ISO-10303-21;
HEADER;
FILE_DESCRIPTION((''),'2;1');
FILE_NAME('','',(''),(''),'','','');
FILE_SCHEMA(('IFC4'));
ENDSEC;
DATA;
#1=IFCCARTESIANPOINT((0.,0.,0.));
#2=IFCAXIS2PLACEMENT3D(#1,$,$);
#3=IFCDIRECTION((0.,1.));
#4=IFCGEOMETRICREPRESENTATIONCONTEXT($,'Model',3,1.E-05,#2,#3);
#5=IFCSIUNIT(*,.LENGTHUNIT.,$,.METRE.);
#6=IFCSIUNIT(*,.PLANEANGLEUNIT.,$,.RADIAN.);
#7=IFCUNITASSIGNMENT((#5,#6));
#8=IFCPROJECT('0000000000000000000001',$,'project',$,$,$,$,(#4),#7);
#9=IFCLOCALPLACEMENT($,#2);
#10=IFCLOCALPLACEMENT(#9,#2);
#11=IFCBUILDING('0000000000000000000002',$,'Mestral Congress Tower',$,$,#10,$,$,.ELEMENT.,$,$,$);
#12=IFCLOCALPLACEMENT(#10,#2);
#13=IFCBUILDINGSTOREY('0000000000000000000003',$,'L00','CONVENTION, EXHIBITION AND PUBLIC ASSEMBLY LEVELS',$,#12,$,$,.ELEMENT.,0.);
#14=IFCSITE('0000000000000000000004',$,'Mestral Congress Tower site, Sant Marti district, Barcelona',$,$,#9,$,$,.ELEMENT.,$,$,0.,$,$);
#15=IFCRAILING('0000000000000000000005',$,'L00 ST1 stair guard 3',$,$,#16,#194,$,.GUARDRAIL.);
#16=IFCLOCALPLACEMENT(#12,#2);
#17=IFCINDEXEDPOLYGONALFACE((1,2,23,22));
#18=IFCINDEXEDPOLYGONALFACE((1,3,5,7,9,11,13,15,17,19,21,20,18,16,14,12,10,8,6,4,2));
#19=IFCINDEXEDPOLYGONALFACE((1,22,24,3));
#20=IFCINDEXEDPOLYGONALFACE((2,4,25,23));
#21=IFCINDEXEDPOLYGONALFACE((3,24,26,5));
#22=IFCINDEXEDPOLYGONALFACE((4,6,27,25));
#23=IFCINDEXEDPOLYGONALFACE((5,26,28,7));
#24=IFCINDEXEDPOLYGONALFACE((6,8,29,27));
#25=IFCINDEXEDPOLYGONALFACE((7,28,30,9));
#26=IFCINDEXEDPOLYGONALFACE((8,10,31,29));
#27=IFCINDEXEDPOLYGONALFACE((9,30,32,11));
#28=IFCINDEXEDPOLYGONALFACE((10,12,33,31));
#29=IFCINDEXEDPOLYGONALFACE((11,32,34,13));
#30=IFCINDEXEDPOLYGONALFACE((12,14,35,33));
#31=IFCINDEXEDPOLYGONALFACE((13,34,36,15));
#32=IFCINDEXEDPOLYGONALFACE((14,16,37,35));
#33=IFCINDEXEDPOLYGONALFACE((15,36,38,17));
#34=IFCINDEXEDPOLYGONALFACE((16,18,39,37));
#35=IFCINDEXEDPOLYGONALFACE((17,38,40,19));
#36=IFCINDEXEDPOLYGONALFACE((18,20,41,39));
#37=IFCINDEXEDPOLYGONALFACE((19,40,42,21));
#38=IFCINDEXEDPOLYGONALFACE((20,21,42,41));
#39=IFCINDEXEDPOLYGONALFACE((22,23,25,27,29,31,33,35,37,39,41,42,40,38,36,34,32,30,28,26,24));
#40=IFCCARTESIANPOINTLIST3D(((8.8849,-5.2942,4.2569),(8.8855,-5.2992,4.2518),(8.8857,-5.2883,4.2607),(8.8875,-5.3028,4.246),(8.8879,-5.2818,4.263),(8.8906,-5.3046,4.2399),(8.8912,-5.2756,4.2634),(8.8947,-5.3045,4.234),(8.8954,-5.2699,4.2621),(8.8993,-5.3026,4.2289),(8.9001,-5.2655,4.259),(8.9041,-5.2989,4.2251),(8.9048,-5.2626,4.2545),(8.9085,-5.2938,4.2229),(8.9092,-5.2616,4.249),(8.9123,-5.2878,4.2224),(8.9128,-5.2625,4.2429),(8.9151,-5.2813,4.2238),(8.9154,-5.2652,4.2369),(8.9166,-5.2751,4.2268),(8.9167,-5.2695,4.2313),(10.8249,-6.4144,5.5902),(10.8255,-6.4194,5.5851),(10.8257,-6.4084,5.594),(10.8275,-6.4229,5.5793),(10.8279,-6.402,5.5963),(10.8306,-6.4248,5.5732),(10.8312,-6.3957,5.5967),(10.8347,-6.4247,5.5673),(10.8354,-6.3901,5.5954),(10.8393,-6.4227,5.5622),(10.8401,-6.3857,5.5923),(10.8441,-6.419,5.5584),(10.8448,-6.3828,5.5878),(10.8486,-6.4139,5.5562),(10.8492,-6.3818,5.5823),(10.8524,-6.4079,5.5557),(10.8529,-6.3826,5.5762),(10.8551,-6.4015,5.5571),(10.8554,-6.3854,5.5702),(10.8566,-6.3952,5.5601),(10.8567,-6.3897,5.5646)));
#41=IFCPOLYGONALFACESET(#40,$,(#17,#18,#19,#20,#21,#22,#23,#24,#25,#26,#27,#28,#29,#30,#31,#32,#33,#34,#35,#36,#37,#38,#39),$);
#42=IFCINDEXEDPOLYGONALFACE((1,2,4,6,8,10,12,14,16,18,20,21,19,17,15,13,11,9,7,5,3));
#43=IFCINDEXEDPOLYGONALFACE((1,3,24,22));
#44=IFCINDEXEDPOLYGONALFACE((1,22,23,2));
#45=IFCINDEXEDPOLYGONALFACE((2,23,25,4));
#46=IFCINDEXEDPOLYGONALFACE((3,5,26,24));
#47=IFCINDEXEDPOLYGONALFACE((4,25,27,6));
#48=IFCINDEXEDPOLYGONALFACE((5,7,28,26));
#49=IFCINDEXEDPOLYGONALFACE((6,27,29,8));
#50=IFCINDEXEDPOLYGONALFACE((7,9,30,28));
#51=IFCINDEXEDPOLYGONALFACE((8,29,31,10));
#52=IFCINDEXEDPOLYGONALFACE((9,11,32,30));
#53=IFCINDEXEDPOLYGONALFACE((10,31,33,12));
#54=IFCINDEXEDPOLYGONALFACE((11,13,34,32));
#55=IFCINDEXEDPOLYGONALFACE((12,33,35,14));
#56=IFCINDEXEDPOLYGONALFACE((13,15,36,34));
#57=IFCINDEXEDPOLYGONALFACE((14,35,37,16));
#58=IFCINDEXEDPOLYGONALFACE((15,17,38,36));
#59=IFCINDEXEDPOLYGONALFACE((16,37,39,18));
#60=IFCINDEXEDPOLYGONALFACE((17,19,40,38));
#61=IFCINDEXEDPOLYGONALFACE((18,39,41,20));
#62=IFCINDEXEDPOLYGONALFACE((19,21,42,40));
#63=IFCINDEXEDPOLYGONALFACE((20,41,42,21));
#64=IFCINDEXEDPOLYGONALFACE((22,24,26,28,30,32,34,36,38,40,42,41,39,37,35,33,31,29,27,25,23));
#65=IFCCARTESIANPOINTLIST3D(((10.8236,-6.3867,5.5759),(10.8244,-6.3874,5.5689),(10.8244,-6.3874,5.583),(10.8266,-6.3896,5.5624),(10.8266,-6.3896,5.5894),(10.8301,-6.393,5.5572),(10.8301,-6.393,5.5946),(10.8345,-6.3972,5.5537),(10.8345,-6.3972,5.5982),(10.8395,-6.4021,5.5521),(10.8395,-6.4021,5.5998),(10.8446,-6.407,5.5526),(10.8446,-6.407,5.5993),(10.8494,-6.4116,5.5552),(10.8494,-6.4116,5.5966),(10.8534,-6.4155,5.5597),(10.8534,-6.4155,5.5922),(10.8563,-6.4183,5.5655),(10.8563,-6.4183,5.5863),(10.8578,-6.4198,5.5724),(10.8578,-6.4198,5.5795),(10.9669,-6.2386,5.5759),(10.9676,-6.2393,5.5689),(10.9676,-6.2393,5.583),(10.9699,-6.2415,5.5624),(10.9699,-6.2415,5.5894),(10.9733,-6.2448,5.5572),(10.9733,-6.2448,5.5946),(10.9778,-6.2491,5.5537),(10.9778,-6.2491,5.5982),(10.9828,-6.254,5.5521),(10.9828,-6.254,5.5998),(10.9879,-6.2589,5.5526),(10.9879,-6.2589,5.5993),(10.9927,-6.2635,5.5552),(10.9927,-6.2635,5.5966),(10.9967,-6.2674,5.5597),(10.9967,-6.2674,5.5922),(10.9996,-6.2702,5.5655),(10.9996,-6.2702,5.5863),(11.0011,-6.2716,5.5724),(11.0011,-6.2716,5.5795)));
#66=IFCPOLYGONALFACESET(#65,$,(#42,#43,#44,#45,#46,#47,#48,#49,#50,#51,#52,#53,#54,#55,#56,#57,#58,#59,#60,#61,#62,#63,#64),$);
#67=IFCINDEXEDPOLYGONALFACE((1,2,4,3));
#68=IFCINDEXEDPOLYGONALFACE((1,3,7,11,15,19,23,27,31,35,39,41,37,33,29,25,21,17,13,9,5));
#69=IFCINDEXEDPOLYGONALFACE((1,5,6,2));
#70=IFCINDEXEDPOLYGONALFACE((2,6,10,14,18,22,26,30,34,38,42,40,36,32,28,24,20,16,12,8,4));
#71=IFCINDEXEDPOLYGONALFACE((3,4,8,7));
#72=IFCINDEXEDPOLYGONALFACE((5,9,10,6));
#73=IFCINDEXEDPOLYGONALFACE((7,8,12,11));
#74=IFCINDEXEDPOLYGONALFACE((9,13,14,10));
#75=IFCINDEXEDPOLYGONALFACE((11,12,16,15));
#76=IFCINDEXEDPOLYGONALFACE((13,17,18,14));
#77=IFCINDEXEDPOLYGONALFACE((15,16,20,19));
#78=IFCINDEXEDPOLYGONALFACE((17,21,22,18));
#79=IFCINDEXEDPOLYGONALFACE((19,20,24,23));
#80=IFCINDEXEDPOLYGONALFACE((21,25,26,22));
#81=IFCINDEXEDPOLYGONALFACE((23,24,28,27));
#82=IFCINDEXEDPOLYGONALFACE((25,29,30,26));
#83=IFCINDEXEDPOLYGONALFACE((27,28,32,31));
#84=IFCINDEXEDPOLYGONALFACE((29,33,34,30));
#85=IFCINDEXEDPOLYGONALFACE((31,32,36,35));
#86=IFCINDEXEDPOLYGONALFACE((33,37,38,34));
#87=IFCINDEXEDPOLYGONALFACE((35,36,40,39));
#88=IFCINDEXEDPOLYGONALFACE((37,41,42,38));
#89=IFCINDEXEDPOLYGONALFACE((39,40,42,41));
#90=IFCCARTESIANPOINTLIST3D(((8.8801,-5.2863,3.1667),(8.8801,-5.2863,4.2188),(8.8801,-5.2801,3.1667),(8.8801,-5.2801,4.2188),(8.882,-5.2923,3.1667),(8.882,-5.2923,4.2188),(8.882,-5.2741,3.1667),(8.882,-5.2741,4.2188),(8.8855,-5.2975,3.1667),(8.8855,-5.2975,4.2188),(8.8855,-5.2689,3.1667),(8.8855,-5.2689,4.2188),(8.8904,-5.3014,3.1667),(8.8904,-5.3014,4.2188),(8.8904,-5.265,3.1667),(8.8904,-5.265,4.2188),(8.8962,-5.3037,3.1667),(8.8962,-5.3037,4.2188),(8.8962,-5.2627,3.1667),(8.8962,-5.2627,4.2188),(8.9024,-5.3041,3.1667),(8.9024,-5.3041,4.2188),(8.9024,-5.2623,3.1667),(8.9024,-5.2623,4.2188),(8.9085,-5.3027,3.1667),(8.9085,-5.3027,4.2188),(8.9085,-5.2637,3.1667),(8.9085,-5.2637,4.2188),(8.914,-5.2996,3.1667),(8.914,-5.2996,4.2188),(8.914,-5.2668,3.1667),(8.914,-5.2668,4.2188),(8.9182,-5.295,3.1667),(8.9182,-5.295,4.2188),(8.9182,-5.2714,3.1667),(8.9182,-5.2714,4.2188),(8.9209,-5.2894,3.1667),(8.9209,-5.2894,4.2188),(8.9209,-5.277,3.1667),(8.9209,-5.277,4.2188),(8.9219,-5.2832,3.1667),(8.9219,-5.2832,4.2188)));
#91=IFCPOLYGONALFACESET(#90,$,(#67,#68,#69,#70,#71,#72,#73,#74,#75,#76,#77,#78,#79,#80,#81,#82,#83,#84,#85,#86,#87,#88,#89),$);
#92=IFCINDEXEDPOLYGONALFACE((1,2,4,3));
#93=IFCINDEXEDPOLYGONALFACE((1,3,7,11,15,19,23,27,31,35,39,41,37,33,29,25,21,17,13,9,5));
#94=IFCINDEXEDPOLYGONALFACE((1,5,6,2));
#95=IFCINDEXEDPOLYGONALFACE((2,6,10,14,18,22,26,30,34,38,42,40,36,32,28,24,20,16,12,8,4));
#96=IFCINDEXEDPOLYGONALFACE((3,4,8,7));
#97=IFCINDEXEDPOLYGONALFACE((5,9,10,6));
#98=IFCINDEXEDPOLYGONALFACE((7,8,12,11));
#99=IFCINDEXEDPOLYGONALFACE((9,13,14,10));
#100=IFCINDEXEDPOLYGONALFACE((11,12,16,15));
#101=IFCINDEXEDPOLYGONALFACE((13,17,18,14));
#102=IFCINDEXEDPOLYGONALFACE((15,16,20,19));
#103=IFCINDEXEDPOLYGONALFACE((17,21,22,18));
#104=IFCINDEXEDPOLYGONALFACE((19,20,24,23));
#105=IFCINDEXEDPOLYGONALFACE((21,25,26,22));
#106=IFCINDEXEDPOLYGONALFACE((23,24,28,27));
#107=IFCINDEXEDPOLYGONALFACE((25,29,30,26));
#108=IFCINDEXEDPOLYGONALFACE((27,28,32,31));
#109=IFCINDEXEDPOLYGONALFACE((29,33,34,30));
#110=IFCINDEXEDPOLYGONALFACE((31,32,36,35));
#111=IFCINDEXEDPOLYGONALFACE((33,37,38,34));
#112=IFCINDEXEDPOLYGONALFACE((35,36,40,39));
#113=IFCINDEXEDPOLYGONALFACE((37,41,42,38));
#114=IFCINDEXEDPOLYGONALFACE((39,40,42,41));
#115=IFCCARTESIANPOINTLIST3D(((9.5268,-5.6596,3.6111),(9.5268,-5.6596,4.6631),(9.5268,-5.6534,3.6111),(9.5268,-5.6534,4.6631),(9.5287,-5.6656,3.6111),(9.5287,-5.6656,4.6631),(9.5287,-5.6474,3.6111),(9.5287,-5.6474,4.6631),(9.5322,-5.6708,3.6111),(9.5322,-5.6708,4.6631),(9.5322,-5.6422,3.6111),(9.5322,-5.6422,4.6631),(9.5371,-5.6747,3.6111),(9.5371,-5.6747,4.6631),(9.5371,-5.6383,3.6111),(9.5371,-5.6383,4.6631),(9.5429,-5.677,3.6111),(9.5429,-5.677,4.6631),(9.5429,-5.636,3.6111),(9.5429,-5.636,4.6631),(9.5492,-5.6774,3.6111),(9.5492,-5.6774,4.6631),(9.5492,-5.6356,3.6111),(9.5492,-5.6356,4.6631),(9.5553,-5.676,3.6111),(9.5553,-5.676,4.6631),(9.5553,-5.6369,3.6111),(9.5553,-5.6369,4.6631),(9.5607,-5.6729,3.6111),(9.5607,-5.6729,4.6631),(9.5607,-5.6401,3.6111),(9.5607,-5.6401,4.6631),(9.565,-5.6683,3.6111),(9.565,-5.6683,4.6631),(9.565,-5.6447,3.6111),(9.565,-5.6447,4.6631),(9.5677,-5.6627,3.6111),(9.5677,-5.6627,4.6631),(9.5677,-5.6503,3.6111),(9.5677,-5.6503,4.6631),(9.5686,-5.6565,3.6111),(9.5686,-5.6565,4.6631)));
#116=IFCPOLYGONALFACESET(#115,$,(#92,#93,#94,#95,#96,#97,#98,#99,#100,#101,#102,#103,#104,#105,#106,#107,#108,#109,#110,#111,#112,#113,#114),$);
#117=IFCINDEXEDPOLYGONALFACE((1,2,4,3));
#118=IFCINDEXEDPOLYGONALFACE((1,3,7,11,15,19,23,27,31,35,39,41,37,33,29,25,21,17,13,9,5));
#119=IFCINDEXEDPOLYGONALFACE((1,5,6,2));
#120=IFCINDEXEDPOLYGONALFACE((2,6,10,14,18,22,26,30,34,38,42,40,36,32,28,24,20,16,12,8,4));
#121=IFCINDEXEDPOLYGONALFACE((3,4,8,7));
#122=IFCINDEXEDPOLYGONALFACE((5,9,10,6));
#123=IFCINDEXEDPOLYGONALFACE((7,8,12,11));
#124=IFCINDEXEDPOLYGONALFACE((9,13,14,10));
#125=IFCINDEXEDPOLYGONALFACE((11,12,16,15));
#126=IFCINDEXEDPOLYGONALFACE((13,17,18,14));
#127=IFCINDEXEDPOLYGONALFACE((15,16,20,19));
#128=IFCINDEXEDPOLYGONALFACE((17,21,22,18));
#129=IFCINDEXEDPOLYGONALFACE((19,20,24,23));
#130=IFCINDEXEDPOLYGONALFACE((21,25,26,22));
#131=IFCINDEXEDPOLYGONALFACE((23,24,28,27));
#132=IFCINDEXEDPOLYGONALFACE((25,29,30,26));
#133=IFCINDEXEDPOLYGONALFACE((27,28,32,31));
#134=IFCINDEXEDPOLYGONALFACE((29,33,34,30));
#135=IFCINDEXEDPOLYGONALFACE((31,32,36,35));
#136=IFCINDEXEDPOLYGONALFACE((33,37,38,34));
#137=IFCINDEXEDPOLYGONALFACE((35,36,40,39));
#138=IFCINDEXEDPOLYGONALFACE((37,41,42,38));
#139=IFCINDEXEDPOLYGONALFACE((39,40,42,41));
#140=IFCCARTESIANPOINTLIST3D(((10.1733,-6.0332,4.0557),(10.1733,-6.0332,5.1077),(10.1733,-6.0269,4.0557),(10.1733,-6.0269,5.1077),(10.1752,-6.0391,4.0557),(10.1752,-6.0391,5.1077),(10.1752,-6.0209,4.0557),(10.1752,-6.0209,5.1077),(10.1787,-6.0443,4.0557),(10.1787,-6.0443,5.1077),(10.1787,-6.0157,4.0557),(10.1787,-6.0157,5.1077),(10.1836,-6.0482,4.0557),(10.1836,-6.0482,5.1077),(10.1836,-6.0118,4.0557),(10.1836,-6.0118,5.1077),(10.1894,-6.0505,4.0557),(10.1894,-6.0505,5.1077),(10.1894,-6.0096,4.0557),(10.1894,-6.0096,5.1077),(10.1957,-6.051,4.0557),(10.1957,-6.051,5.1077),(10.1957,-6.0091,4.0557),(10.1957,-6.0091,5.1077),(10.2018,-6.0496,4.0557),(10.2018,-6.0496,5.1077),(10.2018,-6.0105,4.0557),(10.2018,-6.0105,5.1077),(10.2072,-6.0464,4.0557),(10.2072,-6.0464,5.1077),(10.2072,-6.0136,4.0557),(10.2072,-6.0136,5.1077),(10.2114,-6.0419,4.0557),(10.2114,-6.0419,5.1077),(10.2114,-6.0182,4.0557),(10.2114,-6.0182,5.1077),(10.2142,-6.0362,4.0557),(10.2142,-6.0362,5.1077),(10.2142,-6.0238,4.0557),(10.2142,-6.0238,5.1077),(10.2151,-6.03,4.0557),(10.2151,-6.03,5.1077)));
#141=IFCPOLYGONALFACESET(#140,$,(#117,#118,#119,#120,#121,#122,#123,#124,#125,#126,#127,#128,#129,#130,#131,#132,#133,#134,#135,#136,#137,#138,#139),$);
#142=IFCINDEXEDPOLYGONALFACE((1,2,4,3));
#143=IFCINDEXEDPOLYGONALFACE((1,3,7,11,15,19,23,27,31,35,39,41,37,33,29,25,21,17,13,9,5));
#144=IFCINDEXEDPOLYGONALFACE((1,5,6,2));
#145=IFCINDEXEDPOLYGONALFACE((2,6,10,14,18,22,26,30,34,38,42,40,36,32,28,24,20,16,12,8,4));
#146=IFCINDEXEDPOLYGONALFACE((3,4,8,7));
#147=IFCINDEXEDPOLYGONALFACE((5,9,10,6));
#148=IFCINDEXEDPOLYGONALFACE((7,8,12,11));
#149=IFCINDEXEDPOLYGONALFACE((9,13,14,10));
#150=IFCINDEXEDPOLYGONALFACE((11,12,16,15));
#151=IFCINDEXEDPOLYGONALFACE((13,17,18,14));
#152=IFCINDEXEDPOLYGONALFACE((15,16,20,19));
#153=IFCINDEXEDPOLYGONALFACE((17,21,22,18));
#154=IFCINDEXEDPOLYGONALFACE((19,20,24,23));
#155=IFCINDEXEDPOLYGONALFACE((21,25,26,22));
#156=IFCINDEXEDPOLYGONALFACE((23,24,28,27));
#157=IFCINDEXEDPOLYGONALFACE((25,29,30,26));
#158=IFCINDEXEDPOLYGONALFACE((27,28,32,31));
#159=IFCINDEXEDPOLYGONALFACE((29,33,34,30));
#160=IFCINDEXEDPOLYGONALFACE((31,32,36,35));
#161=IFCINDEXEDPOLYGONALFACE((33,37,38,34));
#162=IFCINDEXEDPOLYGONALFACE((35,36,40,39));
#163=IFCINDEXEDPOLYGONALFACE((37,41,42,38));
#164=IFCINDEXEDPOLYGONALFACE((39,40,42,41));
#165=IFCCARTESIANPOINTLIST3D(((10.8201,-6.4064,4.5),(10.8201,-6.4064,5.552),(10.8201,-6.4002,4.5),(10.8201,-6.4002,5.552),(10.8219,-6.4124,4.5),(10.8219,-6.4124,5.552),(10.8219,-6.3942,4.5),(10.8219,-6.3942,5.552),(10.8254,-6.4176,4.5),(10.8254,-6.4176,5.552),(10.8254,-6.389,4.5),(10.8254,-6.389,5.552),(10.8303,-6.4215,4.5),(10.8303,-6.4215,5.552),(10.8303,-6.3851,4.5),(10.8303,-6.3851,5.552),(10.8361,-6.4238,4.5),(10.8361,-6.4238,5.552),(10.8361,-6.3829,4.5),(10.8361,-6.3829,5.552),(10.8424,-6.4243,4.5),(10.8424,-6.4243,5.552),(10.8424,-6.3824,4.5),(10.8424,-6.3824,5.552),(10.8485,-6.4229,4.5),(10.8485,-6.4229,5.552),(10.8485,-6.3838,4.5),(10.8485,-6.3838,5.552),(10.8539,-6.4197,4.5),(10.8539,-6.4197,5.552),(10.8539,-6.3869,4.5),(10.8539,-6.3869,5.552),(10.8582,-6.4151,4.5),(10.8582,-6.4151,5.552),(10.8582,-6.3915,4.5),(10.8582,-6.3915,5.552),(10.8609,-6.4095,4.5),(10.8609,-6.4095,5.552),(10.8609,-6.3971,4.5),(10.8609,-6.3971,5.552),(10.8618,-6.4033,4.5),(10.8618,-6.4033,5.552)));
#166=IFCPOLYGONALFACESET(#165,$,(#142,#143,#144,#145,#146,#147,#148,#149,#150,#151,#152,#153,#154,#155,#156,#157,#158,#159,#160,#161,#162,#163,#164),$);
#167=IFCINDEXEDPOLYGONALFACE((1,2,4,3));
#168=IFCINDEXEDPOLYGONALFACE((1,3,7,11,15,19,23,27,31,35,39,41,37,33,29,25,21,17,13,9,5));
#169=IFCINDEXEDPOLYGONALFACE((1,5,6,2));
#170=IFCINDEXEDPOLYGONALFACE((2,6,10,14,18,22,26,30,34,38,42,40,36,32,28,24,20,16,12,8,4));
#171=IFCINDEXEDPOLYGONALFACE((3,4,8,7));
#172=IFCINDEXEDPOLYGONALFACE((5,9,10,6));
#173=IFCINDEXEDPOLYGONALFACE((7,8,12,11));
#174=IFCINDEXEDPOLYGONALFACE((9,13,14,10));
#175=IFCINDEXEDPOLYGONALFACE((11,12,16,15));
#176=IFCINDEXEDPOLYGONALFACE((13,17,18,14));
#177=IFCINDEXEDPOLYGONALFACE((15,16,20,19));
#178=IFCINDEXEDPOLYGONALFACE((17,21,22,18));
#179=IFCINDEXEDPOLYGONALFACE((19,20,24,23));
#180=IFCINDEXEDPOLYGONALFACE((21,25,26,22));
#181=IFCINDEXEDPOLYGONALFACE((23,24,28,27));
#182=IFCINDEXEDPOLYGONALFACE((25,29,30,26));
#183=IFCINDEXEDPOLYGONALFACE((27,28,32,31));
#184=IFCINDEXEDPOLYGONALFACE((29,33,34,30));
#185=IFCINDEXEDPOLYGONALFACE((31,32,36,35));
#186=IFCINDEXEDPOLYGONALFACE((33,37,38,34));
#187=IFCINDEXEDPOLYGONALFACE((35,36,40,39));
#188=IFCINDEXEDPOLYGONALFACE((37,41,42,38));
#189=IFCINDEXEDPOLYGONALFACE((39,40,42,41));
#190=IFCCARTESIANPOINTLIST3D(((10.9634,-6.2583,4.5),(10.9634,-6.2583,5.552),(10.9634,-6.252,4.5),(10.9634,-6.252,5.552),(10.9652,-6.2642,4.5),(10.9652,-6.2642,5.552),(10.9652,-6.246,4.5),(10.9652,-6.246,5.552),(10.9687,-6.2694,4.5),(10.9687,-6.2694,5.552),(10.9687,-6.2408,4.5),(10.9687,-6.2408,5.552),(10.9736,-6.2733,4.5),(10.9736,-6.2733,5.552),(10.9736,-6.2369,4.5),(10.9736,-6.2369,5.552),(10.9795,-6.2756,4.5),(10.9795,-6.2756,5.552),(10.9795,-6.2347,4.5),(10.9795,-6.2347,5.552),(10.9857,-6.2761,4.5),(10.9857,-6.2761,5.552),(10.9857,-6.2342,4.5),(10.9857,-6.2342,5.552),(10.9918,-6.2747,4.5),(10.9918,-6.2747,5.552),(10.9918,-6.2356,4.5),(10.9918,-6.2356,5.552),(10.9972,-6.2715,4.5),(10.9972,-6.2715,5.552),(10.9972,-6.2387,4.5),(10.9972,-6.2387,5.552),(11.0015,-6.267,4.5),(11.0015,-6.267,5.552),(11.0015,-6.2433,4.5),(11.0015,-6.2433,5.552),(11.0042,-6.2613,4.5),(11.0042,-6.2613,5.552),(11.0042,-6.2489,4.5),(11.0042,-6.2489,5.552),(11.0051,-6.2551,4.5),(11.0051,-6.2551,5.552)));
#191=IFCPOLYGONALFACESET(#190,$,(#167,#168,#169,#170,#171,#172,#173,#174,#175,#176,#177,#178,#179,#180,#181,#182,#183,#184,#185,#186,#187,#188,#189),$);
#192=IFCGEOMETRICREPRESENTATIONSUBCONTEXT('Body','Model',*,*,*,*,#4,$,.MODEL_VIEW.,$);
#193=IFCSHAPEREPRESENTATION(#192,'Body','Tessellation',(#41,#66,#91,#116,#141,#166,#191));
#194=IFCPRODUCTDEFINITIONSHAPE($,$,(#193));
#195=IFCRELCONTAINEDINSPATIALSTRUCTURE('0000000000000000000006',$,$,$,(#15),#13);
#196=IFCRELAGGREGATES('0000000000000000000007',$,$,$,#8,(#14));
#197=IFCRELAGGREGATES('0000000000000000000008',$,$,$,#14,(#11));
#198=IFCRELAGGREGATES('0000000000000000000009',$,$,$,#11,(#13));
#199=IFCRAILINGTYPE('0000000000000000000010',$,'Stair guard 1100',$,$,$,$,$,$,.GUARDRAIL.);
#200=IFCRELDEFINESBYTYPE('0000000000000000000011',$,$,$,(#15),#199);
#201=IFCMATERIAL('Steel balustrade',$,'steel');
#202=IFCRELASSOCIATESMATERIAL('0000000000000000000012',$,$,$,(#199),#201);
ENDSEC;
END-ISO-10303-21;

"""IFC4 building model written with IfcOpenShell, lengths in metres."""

from ifc_helpers import new_model, si_unit, direction, frame, origin, origin_2d, place, context, subcontext, project, spatial, circle, extrude, material, type_object, element, save


model = new_model("IFC4")

# Units and contexts
model_context = context("Model", 3, precision=1e-05, world=origin(), true_north=direction((0.0, 1.0)))
body_context = subcontext(model_context, "Body", "Model", "MODEL_VIEW")
ifc_project = project(units=[si_unit("LENGTHUNIT", "METRE"), si_unit("PLANEANGLEUNIT", "RADIAN")], contexts=[model_context])

# Site, building, storey
site_placement = place(None, origin())
site = spatial("IfcSite", under=ifc_project, at=site_placement, Name="Mestral Congress Tower site, Sant Marti district, Barcelona", CompositionType="ELEMENT", RefElevation=0.0)
building_placement = place(site_placement, origin())
building = spatial("IfcBuilding", under=site, at=building_placement, Name="Mestral Congress Tower", CompositionType="ELEMENT")
storey_placement = place(building_placement, origin())
storey = spatial("IfcBuildingStorey", under=building, at=storey_placement, Name="L00", Description="CONVENTION, EXHIBITION AND PUBLIC ASSEMBLY LEVELS", CompositionType="ELEMENT", Elevation=0.0)

# Railing
ifc_material_1 = material(Name="Steel balustrade", Category="steel")
railing_type = type_object("IfcRailingType", Name="Stair guard 1100", PredefinedType="GUARDRAIL", material=ifc_material_1)
railing_1_placement = place(storey_placement, frame((8.9009, -5.2832, 3.1667)))
element("IfcRailing", 1, at=railing_1_placement, inside=storey, type_object=railing_type, Name="L00 ST1 stair guard 3", PredefinedType="GUARDRAIL", context=body_context, shape_type="SweptSolid", body=[
    extrude(circle(Radius=0.0239, at=origin_2d()), frame((0.0, 0.0, 1.0762), z_axis=(0.744175, -0.429684, 0.511444), x_axis=(0.500031, 0.866008, 0.0)), (0.0, 0.0, 1.0), 2.6069),
    extrude(circle(Radius=0.0239, at=origin_2d()), frame((1.9399, -1.1201, 2.4092), z_axis=(0.695165, 0.71885, 0.0), x_axis=(-0.71885, 0.695165, 0.0)), (0.0, 0.0, 1.0), 0.2061),
    extrude(circle(Radius=0.021, at=origin_2d()), origin(), (0.0, 0.0, 1.0), 1.052),
    extrude(circle(Radius=0.021, at=origin_2d()), frame((0.6467, -0.3733, 0.4443)), (0.0, 0.0, 1.0), 1.052),
    extrude(circle(Radius=0.021, at=origin_2d()), frame((1.2932, -0.7468, 0.8889)), (0.0, 0.0, 1.0), 1.052),
    extrude(circle(Radius=0.021, at=origin_2d()), frame((1.9399, -1.1201, 1.3333)), (0.0, 0.0, 1.0), 1.052),
    extrude(circle(Radius=0.021, at=origin_2d()), frame((2.0833, -0.9719, 1.3333)), (0.0, 0.0, 1.0), 1.052),
])

save(model, "model.ifc")
